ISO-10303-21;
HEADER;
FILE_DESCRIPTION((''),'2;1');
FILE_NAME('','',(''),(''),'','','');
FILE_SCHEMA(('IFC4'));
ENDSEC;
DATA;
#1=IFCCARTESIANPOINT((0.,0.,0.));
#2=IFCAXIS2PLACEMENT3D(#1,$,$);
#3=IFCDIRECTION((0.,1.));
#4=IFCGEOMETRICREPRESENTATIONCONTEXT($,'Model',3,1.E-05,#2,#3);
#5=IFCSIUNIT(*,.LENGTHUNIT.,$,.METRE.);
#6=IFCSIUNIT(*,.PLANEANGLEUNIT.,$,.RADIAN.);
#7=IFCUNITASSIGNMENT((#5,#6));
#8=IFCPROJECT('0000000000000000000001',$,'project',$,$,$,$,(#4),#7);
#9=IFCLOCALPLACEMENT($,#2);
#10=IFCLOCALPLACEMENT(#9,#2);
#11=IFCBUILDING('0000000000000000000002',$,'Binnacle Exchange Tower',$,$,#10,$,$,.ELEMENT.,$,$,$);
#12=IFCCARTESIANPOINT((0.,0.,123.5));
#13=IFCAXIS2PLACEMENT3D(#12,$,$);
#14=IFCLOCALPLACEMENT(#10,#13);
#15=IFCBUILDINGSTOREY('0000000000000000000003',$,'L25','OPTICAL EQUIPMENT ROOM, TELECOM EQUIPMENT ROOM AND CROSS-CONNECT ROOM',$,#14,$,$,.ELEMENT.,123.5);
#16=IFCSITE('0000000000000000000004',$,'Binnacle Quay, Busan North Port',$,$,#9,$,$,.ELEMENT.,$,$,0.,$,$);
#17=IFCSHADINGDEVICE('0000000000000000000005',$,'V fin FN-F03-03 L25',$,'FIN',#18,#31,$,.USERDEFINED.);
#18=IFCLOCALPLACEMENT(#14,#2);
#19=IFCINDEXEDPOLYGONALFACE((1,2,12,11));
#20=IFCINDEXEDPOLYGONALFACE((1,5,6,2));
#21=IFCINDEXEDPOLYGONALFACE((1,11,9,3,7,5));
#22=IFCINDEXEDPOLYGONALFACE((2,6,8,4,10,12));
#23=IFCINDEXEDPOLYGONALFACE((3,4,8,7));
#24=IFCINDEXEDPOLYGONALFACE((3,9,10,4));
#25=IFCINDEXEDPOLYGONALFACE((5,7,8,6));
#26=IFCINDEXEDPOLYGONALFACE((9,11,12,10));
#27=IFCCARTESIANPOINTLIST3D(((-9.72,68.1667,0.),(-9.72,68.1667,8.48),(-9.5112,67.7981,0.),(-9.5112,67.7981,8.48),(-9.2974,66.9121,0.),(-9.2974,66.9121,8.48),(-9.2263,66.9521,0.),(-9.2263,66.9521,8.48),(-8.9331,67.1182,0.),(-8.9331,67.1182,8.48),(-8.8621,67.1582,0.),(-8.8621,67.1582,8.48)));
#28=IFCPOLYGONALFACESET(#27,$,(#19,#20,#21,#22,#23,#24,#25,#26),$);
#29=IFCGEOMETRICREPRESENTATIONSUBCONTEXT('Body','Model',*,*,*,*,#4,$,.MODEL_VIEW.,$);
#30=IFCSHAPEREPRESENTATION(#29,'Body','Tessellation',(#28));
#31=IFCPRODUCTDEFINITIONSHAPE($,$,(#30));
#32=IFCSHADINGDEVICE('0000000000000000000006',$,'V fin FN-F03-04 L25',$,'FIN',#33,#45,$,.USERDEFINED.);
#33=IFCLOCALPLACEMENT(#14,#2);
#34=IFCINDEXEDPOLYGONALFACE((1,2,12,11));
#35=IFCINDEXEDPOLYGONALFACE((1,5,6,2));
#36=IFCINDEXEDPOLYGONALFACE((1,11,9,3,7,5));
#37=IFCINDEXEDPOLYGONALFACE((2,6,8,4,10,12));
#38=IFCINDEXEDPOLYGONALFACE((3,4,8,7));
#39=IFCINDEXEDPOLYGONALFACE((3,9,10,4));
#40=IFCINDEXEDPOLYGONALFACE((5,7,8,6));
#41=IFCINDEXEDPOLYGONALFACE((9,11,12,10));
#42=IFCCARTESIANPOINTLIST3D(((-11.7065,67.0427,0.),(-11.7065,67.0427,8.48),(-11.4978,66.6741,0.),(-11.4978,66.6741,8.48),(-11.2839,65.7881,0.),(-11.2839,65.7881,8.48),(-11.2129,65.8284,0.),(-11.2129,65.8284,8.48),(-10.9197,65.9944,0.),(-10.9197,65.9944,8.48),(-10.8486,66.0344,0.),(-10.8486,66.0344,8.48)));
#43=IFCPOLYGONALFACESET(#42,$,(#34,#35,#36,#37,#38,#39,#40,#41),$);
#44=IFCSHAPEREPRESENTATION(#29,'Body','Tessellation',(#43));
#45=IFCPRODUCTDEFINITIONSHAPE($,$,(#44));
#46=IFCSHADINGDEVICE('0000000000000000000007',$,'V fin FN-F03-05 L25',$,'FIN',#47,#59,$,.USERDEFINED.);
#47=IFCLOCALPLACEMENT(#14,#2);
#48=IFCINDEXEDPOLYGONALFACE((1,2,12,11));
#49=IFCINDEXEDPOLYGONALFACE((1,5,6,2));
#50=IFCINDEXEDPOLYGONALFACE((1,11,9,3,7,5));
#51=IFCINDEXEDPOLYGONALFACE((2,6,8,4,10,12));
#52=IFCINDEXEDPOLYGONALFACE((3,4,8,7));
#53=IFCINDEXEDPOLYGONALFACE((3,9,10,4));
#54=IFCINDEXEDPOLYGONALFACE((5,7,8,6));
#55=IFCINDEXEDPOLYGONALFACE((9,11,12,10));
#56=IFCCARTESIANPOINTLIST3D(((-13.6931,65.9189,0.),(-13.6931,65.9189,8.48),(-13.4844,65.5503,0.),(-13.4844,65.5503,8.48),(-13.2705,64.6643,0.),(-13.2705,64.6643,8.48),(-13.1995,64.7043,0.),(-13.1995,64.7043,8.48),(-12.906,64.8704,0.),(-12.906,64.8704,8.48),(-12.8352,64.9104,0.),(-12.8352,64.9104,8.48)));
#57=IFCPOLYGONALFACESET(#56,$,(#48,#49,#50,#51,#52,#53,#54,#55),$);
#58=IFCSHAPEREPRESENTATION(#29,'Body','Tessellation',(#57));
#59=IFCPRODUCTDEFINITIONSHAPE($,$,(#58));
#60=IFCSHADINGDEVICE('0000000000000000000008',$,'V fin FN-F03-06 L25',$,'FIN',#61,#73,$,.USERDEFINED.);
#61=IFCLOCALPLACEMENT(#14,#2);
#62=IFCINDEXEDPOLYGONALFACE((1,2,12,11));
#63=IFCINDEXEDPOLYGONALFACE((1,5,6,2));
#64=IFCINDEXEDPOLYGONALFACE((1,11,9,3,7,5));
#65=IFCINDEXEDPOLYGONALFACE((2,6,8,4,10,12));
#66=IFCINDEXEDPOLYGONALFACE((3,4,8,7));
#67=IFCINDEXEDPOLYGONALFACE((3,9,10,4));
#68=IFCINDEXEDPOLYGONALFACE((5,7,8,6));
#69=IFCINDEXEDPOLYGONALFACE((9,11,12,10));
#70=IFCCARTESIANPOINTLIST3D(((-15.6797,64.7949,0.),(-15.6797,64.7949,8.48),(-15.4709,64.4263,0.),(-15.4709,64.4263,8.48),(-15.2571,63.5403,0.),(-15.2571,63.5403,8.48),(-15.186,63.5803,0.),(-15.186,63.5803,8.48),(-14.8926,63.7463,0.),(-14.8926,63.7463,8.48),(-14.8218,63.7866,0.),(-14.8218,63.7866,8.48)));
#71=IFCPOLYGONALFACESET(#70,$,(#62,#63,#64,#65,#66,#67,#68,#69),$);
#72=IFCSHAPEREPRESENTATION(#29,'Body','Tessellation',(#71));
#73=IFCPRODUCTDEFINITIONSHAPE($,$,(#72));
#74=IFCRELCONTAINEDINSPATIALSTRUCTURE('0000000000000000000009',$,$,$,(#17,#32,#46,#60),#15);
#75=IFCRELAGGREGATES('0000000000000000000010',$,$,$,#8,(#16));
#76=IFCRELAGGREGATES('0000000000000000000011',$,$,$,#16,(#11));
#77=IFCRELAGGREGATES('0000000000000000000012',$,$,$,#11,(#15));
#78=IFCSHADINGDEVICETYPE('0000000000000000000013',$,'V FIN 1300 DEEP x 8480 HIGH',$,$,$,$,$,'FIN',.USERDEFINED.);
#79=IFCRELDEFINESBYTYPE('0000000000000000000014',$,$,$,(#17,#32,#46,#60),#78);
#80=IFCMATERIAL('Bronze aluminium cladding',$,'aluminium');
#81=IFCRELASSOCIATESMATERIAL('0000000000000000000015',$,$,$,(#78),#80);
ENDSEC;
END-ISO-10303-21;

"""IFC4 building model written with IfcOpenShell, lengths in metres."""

from ifc_helpers import new_model, si_unit, direction, frame, origin, place, context, subcontext, project, spatial, polyline, outline, extrude, material, type_object, element, save


model = new_model("IFC4")

# Units and contexts
model_context = context("Model", 3, precision=1e-05, world=origin(), true_north=direction((0.0, 1.0)))
body_context = subcontext(model_context, "Body", "Model", "MODEL_VIEW")
ifc_project = project(units=[si_unit("LENGTHUNIT", "METRE"), si_unit("PLANEANGLEUNIT", "RADIAN")], contexts=[model_context])

# Site, building, storey
site_placement = place(None, origin())
site = spatial("IfcSite", under=ifc_project, at=site_placement, Name="Binnacle Quay, Busan North Port", CompositionType="ELEMENT", RefElevation=0.0)
building_placement = place(site_placement, origin())
building = spatial("IfcBuilding", under=site, at=building_placement, Name="Binnacle Exchange Tower", CompositionType="ELEMENT")
storey_placement = place(building_placement, frame((0.0, 0.0, 123.5)))
storey = spatial("IfcBuildingStorey", under=building, at=storey_placement, Name="L25", Description="OPTICAL EQUIPMENT ROOM, TELECOM EQUIPMENT ROOM AND CROSS-CONNECT ROOM", CompositionType="ELEMENT", Elevation=123.5)

# Shading devices
ifc_material_1 = material(Name="Bronze aluminium cladding", Category="aluminium")
shading_device_type = type_object("IfcShadingDeviceType", Name="V FIN 1300 DEEP x 8480 HIGH", ElementType="FIN", PredefinedType="USERDEFINED", material=ifc_material_1)
shading_device_1_placement = place(storey_placement, origin())
element("IfcShadingDevice", 1, at=shading_device_1_placement, inside=storey, type_object=shading_device_type, Name="V fin FN-F03-03 L25", ObjectType="FIN", PredefinedType="USERDEFINED", context=body_context, shape_type="SweptSolid", body=[
    extrude(outline(polyline([(-8.8621, 67.1582), (-9.72, 68.1667), (-9.2974, 66.9121), (-9.2263, 66.9521), (-9.5112, 67.7981), (-8.9331, 67.1182), (-8.8621, 67.1582)])), origin(), (0.0, 0.0, 1.0), 8.48),
])
shading_device_2_placement = place(storey_placement, origin())
element("IfcShadingDevice", 2, at=shading_device_2_placement, inside=storey, type_object=shading_device_type, Name="V fin FN-F03-04 L25", ObjectType="FIN", PredefinedType="USERDEFINED", context=body_context, shape_type="SweptSolid", body=[
    extrude(outline(polyline([(-10.8486, 66.0344), (-11.7065, 67.0427), (-11.2839, 65.7881), (-11.2129, 65.8284), (-11.4978, 66.6741), (-10.9197, 65.9944), (-10.8486, 66.0344)])), origin(), (0.0, 0.0, 1.0), 8.48),
])
shading_device_3_placement = place(storey_placement, origin())
element("IfcShadingDevice", 3, at=shading_device_3_placement, inside=storey, type_object=shading_device_type, Name="V fin FN-F03-05 L25", ObjectType="FIN", PredefinedType="USERDEFINED", context=body_context, shape_type="SweptSolid", body=[
    extrude(outline(polyline([(-12.8352, 64.9104), (-13.6931, 65.9189), (-13.2705, 64.6643), (-13.1995, 64.7043), (-13.4844, 65.5503), (-12.906, 64.8704), (-12.8352, 64.9104)])), origin(), (0.0, 0.0, 1.0), 8.48),
])
shading_device_4_placement = place(storey_placement, origin())
element("IfcShadingDevice", 4, at=shading_device_4_placement, inside=storey, type_object=shading_device_type, Name="V fin FN-F03-06 L25", ObjectType="FIN", PredefinedType="USERDEFINED", context=body_context, shape_type="SweptSolid", body=[
    extrude(outline(polyline([(-14.8218, 63.7866), (-15.6797, 64.7949), (-15.2571, 63.5403), (-15.186, 63.5803), (-15.4709, 64.4263), (-14.8926, 63.7463), (-14.8218, 63.7866)])), origin(), (0.0, 0.0, 1.0), 8.48),
])

save(model, "model.ifc")
